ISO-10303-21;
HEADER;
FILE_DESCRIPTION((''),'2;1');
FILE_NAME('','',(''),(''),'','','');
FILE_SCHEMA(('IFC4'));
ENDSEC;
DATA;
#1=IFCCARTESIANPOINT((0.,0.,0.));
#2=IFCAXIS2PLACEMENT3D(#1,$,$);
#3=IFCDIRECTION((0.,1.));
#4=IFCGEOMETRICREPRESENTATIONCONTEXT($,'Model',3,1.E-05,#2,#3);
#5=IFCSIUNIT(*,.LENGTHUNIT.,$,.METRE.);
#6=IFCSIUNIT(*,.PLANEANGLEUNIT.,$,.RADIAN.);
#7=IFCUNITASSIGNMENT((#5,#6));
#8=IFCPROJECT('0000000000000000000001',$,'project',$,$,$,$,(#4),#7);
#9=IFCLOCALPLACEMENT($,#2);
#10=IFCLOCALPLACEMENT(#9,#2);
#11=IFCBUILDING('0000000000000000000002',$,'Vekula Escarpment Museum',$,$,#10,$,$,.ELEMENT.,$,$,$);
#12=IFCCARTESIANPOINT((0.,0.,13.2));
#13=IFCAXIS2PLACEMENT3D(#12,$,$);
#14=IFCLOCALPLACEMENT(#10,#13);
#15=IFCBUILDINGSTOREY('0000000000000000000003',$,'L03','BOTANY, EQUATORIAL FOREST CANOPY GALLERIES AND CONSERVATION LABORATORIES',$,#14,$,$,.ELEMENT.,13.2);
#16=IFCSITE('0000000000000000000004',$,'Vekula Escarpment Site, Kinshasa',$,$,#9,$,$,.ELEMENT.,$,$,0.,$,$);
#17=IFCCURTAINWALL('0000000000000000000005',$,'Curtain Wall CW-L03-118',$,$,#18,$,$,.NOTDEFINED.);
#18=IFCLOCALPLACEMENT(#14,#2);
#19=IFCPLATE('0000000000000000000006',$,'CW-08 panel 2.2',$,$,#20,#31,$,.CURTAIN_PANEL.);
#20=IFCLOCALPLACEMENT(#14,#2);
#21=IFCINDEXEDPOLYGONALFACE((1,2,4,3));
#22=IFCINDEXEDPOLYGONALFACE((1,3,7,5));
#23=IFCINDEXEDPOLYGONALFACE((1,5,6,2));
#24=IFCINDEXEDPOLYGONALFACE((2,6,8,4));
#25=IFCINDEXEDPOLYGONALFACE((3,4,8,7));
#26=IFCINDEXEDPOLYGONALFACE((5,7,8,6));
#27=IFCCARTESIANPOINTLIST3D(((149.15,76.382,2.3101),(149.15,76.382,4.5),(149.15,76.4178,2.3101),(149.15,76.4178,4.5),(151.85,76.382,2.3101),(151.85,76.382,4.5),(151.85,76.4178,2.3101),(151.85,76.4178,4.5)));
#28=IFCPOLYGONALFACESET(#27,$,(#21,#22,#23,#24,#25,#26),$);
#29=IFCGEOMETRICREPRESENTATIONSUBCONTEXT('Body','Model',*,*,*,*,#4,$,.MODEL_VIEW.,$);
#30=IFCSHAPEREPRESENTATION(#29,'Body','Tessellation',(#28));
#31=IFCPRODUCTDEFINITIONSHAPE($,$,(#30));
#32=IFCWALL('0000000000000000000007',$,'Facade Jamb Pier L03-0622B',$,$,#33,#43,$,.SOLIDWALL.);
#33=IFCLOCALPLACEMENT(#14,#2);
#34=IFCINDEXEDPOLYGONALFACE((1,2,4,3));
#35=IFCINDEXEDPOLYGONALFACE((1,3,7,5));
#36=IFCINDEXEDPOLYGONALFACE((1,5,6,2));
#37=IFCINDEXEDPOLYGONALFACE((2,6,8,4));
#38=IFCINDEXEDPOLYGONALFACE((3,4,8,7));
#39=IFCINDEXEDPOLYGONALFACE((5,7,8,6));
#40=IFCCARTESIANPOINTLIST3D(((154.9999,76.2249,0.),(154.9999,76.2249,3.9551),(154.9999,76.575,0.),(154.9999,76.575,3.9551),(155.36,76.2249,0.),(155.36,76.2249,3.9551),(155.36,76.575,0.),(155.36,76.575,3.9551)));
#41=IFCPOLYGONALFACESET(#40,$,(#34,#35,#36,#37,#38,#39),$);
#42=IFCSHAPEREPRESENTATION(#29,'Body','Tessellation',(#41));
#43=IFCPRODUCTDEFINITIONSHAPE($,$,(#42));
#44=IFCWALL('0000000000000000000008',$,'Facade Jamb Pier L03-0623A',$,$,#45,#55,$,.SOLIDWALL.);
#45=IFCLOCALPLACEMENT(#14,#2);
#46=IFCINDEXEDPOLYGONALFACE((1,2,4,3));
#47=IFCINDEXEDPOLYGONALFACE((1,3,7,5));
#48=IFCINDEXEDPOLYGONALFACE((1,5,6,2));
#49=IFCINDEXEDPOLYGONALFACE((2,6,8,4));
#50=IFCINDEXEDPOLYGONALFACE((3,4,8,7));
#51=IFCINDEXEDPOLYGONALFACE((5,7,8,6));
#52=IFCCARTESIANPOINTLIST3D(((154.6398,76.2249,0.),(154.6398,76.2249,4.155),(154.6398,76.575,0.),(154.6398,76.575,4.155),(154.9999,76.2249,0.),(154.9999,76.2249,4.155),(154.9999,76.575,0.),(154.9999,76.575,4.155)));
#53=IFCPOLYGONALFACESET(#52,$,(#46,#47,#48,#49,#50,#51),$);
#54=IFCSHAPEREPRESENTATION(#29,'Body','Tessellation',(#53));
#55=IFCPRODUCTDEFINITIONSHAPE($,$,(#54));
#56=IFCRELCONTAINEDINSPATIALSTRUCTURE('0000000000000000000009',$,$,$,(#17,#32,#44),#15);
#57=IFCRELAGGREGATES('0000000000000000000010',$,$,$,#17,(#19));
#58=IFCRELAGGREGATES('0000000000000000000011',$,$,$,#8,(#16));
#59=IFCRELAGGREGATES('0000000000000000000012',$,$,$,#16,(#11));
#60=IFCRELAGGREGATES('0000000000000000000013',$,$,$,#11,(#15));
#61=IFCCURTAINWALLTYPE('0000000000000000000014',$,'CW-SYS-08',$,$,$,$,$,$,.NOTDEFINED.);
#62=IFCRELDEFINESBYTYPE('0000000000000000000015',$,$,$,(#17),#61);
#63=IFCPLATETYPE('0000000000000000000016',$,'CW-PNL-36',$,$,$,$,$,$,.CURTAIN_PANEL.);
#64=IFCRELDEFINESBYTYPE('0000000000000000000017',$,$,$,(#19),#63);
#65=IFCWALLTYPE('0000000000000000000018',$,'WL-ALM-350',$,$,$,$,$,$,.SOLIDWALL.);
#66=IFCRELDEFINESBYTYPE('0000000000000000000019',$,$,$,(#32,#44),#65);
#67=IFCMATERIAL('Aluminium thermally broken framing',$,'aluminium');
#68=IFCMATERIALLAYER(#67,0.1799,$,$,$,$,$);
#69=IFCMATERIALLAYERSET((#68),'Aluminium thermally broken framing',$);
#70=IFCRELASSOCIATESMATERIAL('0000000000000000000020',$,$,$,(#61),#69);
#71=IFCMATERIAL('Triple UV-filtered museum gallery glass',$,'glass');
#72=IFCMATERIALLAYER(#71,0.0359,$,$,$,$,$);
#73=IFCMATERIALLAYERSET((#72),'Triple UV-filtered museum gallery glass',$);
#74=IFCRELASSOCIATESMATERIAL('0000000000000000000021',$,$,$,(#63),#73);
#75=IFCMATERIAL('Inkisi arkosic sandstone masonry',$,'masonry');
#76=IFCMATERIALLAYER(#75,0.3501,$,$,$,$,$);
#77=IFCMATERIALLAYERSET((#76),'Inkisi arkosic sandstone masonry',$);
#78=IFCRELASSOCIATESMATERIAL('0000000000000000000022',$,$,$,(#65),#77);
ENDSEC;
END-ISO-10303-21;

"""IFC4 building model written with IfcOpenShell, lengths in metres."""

from ifc_helpers import new_model, si_unit, direction, frame, frame_2d, origin, origin_2d, place, context, subcontext, project, spatial, rectangle, extrude, material, layer, layer_set, type_object, element, aggregate, save


model = new_model("IFC4")

# Units and contexts
model_context = context("Model", 3, precision=1e-05, world=origin(), true_north=direction((0.0, 1.0)))
body_context = subcontext(model_context, "Body", "Model", "MODEL_VIEW")
ifc_project = project(units=[si_unit("LENGTHUNIT", "METRE"), si_unit("PLANEANGLEUNIT", "RADIAN")], contexts=[model_context])

# Site, building, storey
site_placement = place(None, origin())
site = spatial("IfcSite", under=ifc_project, at=site_placement, Name="Vekula Escarpment Site, Kinshasa", CompositionType="ELEMENT", RefElevation=0.0)
building_placement = place(site_placement, origin())
building = spatial("IfcBuilding", under=site, at=building_placement, Name="Vekula Escarpment Museum", CompositionType="ELEMENT")
storey_placement = place(building_placement, frame((0.0, 0.0, 13.2)))
storey = spatial("IfcBuildingStorey", under=building, at=storey_placement, Name="L03", Description="BOTANY, EQUATORIAL FOREST CANOPY GALLERIES AND CONSERVATION LABORATORIES", CompositionType="ELEMENT", Elevation=13.2)

# Curtain wall
ifc_material_1 = material(Name="Aluminium thermally broken framing", Category="aluminium")
ifc_layer_1 = layer(ifc_material_1, 0.1799)
ifc_layer_set_1 = layer_set([ifc_layer_1], Name="Aluminium thermally broken framing")
curtain_wall_type_1 = type_object("IfcCurtainWallType", Name="CW-SYS-08", PredefinedType="NOTDEFINED", material=ifc_layer_set_1)
curtain_wall_1_placement = place(storey_placement, origin())
curtain_wall_1 = element("IfcCurtainWall", 1, at=curtain_wall_1_placement, inside=storey, type_object=curtain_wall_type_1, Name="Curtain Wall CW-L03-118", PredefinedType="NOTDEFINED")

# Plate
ifc_material_2 = material(Name="Triple UV-filtered museum gallery glass", Category="glass")
ifc_layer_2 = layer(ifc_material_2, 0.0359)
ifc_layer_set_2 = layer_set([ifc_layer_2], Name="Triple UV-filtered museum gallery glass")
plate_type_1 = type_object("IfcPlateType", Name="CW-PNL-36", PredefinedType="CURTAIN_PANEL", material=ifc_layer_set_2)
plate_1_placement = place(storey_placement, frame((150.5, 76.3999, 2.3101), z_axis=(0.0, 0.0, 1.0), x_axis=(-1.0, 0.0, 0.0)))
plate_1 = element("IfcPlate", 2, at=plate_1_placement, type_object=plate_type_1, Name="CW-08 panel 2.2", PredefinedType="CURTAIN_PANEL", context=body_context, shape_type="SweptSolid", body=[
    extrude(rectangle(XDim=2.7, YDim=0.0359, at=origin_2d()), origin(), (0.0, 0.0, 1.0), 2.1899),
])
aggregate(curtain_wall_1, [plate_1])

# Walls
ifc_material_3 = material(Name="Inkisi arkosic sandstone masonry", Category="masonry")
ifc_layer_3 = layer(ifc_material_3, 0.3501)
ifc_layer_set_3 = layer_set([ifc_layer_3], Name="Inkisi arkosic sandstone masonry")
wall_type = type_object("IfcWallType", Name="WL-ALM-350", PredefinedType="SOLIDWALL", material=ifc_layer_set_3)
wall_1_placement = place(storey_placement, frame((155.3601, 76.3999, 0.0), z_axis=(0.0, 0.0, 1.0), x_axis=(-1.0, 0.0, 0.0)))
element("IfcWall", 3, at=wall_1_placement, inside=storey, type_object=wall_type, Name="Facade Jamb Pier L03-0622B", PredefinedType="SOLIDWALL", context=body_context, shape_type="SweptSolid", body=[
    extrude(rectangle(XDim=0.3601, YDim=0.3501, at=frame_2d((0.1802, 0.0))), origin(), (0.0, 0.0, 1.0), 3.9551),
])
wall_2_placement = place(storey_placement, frame((155.0, 76.3999, 0.0), z_axis=(0.0, 0.0, 1.0), x_axis=(-1.0, 0.0, 0.0)))
element("IfcWall", 4, at=wall_2_placement, inside=storey, type_object=wall_type, Name="Facade Jamb Pier L03-0623A", PredefinedType="SOLIDWALL", context=body_context, shape_type="SweptSolid", body=[
    extrude(rectangle(XDim=0.3601, YDim=0.3501, at=frame_2d((0.1802, 0.0))), origin(), (0.0, 0.0, 1.0), 4.155),
])

save(model, "model.ifc")
